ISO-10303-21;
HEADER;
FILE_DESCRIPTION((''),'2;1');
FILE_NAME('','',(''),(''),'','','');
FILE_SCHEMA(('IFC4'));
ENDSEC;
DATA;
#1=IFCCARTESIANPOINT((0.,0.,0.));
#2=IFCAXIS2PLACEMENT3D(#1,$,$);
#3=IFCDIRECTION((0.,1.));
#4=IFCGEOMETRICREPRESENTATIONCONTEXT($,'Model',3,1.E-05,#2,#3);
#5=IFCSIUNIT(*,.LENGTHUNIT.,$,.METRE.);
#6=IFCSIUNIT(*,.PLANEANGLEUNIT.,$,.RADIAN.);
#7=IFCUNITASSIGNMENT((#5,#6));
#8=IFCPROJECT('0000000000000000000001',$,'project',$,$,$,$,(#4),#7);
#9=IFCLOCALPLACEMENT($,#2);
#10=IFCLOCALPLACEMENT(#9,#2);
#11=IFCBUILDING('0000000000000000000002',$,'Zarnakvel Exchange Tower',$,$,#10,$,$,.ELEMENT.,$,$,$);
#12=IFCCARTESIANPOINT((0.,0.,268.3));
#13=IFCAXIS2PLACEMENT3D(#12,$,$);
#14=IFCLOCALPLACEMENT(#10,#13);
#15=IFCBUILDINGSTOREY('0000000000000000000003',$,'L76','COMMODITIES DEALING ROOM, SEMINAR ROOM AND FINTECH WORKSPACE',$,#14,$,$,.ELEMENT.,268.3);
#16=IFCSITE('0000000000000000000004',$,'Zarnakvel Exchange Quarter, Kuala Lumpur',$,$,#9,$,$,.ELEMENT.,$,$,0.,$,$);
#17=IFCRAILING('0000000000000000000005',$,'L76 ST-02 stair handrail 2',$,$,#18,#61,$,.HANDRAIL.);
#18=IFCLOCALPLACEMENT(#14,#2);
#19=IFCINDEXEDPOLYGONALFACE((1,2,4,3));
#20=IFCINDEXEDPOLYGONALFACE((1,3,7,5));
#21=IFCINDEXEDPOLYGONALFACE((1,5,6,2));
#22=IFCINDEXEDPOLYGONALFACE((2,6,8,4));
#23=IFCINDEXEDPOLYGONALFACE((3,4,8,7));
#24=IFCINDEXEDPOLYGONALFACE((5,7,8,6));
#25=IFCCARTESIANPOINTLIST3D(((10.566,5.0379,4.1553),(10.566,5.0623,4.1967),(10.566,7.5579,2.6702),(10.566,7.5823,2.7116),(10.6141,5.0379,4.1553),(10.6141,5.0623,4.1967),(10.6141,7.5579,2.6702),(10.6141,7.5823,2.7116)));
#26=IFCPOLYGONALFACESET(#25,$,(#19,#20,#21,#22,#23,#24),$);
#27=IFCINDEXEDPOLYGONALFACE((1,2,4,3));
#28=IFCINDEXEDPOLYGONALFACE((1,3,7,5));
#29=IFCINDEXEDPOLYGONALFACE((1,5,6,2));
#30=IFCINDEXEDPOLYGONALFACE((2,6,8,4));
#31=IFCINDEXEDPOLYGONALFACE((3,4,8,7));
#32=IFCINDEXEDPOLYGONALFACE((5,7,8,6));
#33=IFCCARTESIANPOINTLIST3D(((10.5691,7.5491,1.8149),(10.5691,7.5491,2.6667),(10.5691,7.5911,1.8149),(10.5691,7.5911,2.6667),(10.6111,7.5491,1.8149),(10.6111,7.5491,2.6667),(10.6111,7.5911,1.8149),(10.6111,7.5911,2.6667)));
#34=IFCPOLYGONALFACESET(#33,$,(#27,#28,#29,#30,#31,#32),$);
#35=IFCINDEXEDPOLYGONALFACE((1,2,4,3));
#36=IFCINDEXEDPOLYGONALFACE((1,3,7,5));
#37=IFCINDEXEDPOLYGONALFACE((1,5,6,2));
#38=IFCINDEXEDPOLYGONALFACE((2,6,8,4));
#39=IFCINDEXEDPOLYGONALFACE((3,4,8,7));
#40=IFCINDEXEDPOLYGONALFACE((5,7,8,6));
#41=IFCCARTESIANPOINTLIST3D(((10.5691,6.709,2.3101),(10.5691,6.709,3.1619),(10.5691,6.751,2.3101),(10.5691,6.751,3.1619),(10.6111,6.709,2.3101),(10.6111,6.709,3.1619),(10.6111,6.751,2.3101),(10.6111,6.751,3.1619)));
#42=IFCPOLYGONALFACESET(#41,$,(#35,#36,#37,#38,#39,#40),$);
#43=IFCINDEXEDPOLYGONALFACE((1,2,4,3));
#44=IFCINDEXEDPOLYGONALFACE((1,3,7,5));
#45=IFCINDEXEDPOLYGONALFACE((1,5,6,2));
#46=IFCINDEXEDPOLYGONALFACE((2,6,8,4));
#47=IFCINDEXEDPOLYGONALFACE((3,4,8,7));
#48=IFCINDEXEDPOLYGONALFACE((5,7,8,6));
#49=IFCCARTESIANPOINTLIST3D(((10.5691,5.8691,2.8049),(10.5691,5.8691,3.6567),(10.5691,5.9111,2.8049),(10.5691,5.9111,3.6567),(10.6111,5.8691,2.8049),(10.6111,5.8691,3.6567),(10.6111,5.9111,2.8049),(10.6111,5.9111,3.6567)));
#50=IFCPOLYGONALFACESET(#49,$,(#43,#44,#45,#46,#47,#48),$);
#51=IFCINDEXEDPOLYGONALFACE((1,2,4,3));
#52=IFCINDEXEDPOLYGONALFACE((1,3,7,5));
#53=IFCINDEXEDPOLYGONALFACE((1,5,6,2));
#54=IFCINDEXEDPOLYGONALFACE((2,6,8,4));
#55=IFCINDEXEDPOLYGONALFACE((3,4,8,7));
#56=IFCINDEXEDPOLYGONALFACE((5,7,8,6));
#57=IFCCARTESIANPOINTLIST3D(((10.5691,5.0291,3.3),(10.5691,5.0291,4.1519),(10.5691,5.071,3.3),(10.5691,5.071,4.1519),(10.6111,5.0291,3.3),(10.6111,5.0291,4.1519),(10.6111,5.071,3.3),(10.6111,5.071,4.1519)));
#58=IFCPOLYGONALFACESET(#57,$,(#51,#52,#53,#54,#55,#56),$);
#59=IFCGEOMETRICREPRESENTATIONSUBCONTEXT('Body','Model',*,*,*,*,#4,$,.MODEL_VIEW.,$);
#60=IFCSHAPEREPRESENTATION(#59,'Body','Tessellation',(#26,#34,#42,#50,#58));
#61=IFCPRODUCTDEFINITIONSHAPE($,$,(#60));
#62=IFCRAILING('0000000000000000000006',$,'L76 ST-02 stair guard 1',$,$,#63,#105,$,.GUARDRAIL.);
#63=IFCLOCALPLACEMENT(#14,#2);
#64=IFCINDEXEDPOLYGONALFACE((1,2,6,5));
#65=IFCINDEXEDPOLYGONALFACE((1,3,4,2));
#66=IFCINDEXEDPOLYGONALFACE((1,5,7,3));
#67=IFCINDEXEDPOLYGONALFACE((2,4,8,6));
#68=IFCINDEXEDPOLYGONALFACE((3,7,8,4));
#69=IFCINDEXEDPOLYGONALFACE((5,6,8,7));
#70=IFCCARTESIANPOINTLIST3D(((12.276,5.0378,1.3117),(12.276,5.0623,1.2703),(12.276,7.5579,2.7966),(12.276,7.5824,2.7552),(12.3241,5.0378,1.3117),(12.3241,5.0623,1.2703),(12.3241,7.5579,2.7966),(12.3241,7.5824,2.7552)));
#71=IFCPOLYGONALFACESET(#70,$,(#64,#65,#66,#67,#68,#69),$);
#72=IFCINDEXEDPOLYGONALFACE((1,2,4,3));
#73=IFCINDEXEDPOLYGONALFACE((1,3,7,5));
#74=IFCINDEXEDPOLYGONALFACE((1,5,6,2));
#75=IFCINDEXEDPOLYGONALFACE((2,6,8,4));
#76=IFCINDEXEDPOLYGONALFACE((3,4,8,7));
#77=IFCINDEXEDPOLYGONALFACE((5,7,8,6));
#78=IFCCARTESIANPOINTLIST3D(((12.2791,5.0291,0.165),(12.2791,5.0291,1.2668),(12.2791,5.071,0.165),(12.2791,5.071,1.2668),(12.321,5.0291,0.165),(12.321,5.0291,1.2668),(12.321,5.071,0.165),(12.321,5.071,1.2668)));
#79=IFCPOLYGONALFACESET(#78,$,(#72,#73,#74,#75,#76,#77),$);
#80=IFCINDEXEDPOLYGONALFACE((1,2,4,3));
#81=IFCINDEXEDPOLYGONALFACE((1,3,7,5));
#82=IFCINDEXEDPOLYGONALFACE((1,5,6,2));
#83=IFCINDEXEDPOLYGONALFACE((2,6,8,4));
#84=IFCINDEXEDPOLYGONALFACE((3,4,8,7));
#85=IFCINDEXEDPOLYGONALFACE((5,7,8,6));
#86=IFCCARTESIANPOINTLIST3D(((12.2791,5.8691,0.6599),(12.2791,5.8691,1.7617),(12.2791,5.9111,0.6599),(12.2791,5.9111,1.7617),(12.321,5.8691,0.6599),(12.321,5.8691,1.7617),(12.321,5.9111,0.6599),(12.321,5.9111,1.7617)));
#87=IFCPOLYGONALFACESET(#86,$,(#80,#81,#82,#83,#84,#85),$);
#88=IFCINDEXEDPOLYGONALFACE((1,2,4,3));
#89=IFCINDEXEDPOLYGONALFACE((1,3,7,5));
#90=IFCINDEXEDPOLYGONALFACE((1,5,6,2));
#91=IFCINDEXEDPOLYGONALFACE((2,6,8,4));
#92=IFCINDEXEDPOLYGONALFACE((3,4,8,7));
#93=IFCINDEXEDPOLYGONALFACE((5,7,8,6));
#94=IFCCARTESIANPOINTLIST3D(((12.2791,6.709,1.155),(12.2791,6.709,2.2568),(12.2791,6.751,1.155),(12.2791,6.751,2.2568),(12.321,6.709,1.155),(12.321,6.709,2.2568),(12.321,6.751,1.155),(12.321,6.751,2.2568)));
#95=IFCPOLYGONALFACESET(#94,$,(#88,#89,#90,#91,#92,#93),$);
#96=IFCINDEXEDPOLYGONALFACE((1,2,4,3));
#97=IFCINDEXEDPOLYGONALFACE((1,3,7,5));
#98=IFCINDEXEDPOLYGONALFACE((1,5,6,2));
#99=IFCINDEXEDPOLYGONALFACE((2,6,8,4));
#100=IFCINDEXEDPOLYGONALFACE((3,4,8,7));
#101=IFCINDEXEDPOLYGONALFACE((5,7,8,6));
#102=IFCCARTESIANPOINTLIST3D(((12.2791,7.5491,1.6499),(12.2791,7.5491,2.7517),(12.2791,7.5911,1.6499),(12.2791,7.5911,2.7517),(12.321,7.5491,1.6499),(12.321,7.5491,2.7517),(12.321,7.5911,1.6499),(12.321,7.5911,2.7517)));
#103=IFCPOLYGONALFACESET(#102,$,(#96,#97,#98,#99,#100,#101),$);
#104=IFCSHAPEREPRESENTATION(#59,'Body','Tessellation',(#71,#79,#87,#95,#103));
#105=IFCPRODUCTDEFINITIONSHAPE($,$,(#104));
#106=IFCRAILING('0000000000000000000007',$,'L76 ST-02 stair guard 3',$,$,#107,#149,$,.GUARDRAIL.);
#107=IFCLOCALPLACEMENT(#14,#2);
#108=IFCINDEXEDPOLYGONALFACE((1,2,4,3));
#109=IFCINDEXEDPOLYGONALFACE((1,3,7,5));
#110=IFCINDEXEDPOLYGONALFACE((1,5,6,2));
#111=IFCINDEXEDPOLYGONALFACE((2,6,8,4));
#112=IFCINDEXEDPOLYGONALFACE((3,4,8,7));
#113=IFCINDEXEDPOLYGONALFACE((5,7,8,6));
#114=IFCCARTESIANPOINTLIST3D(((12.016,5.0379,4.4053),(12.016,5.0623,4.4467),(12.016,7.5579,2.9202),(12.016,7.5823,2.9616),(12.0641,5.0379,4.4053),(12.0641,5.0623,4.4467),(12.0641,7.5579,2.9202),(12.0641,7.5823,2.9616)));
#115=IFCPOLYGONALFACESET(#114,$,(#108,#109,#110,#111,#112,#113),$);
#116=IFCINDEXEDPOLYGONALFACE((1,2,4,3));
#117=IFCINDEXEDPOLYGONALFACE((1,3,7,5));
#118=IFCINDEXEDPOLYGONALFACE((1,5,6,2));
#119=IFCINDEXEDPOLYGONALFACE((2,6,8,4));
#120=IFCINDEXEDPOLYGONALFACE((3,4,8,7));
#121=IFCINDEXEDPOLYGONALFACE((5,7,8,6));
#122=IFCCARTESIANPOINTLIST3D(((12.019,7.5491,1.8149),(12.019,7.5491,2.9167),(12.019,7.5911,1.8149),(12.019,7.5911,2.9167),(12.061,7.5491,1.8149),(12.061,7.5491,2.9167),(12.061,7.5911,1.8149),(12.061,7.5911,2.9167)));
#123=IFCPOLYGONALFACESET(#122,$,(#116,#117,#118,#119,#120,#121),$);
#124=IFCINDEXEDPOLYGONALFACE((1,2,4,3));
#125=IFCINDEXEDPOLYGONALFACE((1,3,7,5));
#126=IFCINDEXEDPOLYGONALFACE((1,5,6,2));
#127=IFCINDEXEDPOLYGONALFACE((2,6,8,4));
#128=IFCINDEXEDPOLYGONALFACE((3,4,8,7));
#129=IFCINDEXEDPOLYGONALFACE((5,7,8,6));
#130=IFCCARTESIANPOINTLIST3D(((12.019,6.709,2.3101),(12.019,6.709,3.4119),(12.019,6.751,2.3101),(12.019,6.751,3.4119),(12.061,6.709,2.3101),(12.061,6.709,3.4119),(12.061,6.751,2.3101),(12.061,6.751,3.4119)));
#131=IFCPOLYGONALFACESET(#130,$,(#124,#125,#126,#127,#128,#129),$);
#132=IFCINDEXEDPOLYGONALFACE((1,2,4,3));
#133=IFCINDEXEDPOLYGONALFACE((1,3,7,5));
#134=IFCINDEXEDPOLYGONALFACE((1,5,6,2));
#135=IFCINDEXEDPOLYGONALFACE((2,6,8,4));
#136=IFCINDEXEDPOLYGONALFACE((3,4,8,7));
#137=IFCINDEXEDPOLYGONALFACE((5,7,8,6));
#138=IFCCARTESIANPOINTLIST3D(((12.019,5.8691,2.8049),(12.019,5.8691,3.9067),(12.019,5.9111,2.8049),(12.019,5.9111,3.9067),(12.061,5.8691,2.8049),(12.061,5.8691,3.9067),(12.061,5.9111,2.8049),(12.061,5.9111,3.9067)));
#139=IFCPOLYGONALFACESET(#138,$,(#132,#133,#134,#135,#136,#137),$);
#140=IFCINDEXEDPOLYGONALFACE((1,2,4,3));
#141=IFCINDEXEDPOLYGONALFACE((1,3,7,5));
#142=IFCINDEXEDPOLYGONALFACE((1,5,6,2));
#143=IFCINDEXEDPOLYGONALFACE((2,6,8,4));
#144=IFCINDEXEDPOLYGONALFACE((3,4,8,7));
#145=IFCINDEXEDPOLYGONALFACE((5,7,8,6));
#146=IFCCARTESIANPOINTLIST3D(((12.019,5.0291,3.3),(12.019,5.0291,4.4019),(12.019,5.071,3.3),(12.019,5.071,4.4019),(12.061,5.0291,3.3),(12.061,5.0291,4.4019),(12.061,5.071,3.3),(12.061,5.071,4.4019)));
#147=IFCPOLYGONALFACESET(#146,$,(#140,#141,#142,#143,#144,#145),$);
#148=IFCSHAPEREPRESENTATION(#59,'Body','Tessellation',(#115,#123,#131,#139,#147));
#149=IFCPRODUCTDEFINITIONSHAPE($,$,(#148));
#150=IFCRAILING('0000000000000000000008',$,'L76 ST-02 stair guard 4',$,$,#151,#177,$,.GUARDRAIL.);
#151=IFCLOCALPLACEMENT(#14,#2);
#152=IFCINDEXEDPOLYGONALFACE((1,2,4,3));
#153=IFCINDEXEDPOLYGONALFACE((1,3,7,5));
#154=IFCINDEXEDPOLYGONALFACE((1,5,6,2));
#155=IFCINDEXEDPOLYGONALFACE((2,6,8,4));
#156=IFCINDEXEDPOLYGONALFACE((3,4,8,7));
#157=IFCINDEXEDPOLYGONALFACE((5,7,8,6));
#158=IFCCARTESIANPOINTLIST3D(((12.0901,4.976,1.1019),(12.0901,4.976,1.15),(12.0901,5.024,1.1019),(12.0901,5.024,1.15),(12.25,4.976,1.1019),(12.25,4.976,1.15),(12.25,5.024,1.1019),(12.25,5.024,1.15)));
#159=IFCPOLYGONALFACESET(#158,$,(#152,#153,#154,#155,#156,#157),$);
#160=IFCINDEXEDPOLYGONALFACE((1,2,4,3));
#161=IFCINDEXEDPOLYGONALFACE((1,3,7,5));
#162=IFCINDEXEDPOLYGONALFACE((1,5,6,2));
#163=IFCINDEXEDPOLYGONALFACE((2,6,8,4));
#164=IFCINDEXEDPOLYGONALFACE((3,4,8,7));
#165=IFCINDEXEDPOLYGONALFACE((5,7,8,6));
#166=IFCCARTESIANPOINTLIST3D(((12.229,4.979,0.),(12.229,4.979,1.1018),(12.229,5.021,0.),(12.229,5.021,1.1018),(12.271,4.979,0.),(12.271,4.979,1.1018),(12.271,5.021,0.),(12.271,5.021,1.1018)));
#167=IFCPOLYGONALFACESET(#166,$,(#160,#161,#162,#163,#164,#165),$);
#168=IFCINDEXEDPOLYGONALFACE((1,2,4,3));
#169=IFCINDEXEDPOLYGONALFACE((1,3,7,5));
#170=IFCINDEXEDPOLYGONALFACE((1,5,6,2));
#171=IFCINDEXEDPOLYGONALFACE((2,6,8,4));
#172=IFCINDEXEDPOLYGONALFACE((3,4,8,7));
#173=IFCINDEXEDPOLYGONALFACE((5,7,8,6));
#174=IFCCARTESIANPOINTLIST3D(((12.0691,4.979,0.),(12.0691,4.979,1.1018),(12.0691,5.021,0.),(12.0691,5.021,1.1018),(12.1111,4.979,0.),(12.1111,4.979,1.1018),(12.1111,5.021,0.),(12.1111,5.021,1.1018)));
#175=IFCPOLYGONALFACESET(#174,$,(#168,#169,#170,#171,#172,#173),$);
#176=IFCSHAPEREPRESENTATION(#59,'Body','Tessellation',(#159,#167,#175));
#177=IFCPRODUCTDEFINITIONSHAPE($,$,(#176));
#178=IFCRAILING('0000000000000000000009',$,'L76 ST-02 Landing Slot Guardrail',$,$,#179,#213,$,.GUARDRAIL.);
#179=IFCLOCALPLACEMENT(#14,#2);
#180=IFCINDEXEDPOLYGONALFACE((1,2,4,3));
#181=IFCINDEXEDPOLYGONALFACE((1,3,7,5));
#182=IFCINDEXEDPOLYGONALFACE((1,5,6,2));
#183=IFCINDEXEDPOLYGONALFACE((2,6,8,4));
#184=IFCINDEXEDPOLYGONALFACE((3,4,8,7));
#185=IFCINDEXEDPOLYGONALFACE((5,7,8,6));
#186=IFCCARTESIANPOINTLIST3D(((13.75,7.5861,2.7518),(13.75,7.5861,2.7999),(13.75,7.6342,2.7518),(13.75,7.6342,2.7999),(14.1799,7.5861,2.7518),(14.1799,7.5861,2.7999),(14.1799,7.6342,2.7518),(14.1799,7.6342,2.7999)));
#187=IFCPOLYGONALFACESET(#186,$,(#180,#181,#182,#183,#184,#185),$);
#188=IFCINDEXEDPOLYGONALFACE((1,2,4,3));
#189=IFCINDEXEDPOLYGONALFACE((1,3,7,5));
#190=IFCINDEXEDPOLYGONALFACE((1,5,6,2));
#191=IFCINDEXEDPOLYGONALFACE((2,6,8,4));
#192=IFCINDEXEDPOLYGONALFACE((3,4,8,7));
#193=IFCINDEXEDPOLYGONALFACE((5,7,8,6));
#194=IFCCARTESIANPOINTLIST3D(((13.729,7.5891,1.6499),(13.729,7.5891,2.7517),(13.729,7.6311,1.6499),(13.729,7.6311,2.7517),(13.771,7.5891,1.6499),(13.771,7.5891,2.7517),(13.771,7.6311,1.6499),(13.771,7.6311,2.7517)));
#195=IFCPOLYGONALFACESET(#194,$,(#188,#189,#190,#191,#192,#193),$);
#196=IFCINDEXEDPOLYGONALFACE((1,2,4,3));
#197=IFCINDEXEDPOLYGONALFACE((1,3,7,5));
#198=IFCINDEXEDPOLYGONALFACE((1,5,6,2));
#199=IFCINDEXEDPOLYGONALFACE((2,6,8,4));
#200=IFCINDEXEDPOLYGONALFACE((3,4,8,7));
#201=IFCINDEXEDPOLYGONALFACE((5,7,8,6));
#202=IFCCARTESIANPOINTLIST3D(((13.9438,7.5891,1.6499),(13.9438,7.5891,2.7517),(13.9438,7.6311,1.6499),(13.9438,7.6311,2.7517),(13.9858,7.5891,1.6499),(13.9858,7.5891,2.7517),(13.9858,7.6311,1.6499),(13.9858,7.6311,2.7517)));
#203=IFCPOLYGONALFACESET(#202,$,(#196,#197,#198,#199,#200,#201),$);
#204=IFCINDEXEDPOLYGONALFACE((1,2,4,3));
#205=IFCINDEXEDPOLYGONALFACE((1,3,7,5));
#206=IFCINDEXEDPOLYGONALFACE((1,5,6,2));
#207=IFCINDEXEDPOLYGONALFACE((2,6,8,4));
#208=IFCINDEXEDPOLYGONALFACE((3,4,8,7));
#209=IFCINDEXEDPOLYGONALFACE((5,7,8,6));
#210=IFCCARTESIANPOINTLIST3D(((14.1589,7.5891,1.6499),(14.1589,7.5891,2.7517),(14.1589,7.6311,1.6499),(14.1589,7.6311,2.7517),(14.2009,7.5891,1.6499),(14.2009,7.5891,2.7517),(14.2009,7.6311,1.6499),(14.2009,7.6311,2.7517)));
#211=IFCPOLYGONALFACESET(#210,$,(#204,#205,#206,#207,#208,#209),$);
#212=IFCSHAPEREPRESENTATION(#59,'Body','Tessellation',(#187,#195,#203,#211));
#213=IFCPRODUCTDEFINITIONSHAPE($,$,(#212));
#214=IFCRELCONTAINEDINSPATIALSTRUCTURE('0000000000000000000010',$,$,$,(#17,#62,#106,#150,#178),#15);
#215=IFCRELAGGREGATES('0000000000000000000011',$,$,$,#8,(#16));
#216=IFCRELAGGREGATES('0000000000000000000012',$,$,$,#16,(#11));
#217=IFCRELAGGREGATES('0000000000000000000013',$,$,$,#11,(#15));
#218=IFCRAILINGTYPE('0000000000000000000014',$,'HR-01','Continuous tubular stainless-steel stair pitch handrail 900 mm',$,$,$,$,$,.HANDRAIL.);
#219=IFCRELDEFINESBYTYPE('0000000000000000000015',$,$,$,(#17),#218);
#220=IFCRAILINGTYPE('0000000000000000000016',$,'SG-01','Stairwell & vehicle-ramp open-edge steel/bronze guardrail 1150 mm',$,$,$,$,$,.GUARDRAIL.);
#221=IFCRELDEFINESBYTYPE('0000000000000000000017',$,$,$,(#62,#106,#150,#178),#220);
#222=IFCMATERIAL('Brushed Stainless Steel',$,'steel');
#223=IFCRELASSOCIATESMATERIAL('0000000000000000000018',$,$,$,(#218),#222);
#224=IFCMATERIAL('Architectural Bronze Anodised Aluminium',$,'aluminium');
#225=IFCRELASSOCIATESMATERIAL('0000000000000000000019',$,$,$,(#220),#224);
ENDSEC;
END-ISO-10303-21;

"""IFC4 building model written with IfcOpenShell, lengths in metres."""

from ifc_helpers import new_model, si_unit, direction, frame, origin, origin_2d, place, context, subcontext, project, spatial, rectangle, extrude, material, type_object, element, save


model = new_model("IFC4")

# Units and contexts
model_context = context("Model", 3, precision=1e-05, world=origin(), true_north=direction((0.0, 1.0)))
body_context = subcontext(model_context, "Body", "Model", "MODEL_VIEW")
ifc_project = project(units=[si_unit("LENGTHUNIT", "METRE"), si_unit("PLANEANGLEUNIT", "RADIAN")], contexts=[model_context])

# Site, building, storey
site_placement = place(None, origin())
site = spatial("IfcSite", under=ifc_project, at=site_placement, Name="Zarnakvel Exchange Quarter, Kuala Lumpur", CompositionType="ELEMENT", RefElevation=0.0)
building_placement = place(site_placement, origin())
building = spatial("IfcBuilding", under=site, at=building_placement, Name="Zarnakvel Exchange Tower", CompositionType="ELEMENT")
storey_placement = place(building_placement, frame((0.0, 0.0, 268.3)))
storey = spatial("IfcBuildingStorey", under=building, at=storey_placement, Name="L76", Description="COMMODITIES DEALING ROOM, SEMINAR ROOM AND FINTECH WORKSPACE", CompositionType="ELEMENT", Elevation=268.3)

# Shared definitions
ifc_material_1 = material(Name="Architectural Bronze Anodised Aluminium", Category="aluminium")

# Railings
ifc_material_2 = material(Name="Brushed Stainless Steel", Category="steel")
railing_type_1 = type_object("IfcRailingType", Name="HR-01", Description="Continuous tubular stainless-steel stair pitch handrail 900 mm", PredefinedType="HANDRAIL", material=ifc_material_2)
railing_1_placement = place(storey_placement, frame((10.5901, 7.5701, 1.8149)))
element("IfcRailing", 1, at=railing_1_placement, inside=storey, type_object=railing_type_1, Name="L76 ST-02 stair handrail 2", PredefinedType="HANDRAIL", context=body_context, shape_type="SweptSolid", body=[
    extrude(rectangle(XDim=0.0481, YDim=0.0481, at=origin_2d()), frame((0.0, 0.0, 0.876), z_axis=(0.0, -0.861524, 0.507717), x_axis=(1.0, 0.0, 0.0)), (0.0, 0.0, 1.0), 2.925),
    extrude(rectangle(XDim=0.042, YDim=0.042, at=origin_2d()), origin(), (0.0, 0.0, 1.0), 0.8518),
    extrude(rectangle(XDim=0.042, YDim=0.042, at=origin_2d()), frame((0.0, -0.8401, 0.4951)), (0.0, 0.0, 1.0), 0.8518),
    extrude(rectangle(XDim=0.042, YDim=0.042, at=origin_2d()), frame((0.0, -1.6799, 0.99)), (0.0, 0.0, 1.0), 0.8518),
    extrude(rectangle(XDim=0.042, YDim=0.042, at=origin_2d()), frame((0.0, -2.52, 1.4851)), (0.0, 0.0, 1.0), 0.8518),
])
railing_type_2 = type_object("IfcRailingType", Name="SG-01", Description="Stairwell & vehicle-ramp open-edge steel/bronze guardrail 1150 mm", PredefinedType="GUARDRAIL", material=ifc_material_1)
railing_2_placement = place(storey_placement, frame((12.3, 5.05, 0.165)))
element("IfcRailing", 2, at=railing_2_placement, inside=storey, type_object=railing_type_2, Name="L76 ST-02 stair guard 1", PredefinedType="GUARDRAIL", context=body_context, shape_type="SweptSolid", body=[
    extrude(rectangle(XDim=0.0481, YDim=0.0481, at=origin_2d()), frame((0.0, 0.0, 1.126), z_axis=(0.0, 0.861561, 0.507655), x_axis=(-1.0, 0.0, 0.0)), (0.0, 0.0, 1.0), 2.925),
    extrude(rectangle(XDim=0.042, YDim=0.042, at=origin_2d()), origin(), (0.0, 0.0, 1.0), 1.1018),
    extrude(rectangle(XDim=0.042, YDim=0.042, at=origin_2d()), frame((0.0, 0.8401, 0.4949)), (0.0, 0.0, 1.0), 1.1018),
    extrude(rectangle(XDim=0.042, YDim=0.042, at=origin_2d()), frame((0.0, 1.6799, 0.99)), (0.0, 0.0, 1.0), 1.1018),
    extrude(rectangle(XDim=0.042, YDim=0.042, at=origin_2d()), frame((0.0, 2.52, 1.4849)), (0.0, 0.0, 1.0), 1.1018),
])
railing_3_placement = place(storey_placement, frame((12.04, 7.5701, 1.8149)))
element("IfcRailing", 3, at=railing_3_placement, inside=storey, type_object=railing_type_2, Name="L76 ST-02 stair guard 3", PredefinedType="GUARDRAIL", context=body_context, shape_type="SweptSolid", body=[
    extrude(rectangle(XDim=0.0481, YDim=0.0481, at=origin_2d()), frame((0.0, 0.0, 1.126), z_axis=(0.0, -0.861524, 0.507717), x_axis=(1.0, 0.0, 0.0)), (0.0, 0.0, 1.0), 2.925),
    extrude(rectangle(XDim=0.042, YDim=0.042, at=origin_2d()), origin(), (0.0, 0.0, 1.0), 1.1018),
    extrude(rectangle(XDim=0.042, YDim=0.042, at=origin_2d()), frame((0.0, -0.8401, 0.4951)), (0.0, 0.0, 1.0), 1.1018),
    extrude(rectangle(XDim=0.042, YDim=0.042, at=origin_2d()), frame((0.0, -1.6799, 0.99)), (0.0, 0.0, 1.0), 1.1018),
    extrude(rectangle(XDim=0.042, YDim=0.042, at=origin_2d()), frame((0.0, -2.52, 1.4851)), (0.0, 0.0, 1.0), 1.1018),
])
railing_4_placement = place(storey_placement, frame((12.25, 5.0, 0.0)))
element("IfcRailing", 4, at=railing_4_placement, inside=storey, type_object=railing_type_2, Name="L76 ST-02 stair guard 4", PredefinedType="GUARDRAIL", context=body_context, shape_type="SweptSolid", body=[
    extrude(rectangle(XDim=0.0481, YDim=0.0481, at=origin_2d()), frame((0.0, 0.0, 1.126), z_axis=(-1.0, 0.0, 0.0), x_axis=(0.0, -1.0, 0.0)), (0.0, 0.0, 1.0), 0.1599),
    extrude(rectangle(XDim=0.042, YDim=0.042, at=origin_2d()), origin(), (0.0, 0.0, 1.0), 1.1018),
    extrude(rectangle(XDim=0.042, YDim=0.042, at=origin_2d()), frame((-0.1599, 0.0, 0.0)), (0.0, 0.0, 1.0), 1.1018),
])
railing_5_placement = place(storey_placement, frame((13.75, 7.6101, 1.6499)))
element("IfcRailing", 5, at=railing_5_placement, inside=storey, type_object=railing_type_2, Name="L76 ST-02 Landing Slot Guardrail", PredefinedType="GUARDRAIL", context=body_context, shape_type="SweptSolid", body=[
    extrude(rectangle(XDim=0.0481, YDim=0.0481, at=origin_2d()), frame((0.0, 0.0, 1.126), z_axis=(1.0, 0.0, 0.0), x_axis=(0.0, 1.0, 0.0)), (0.0, 0.0, 1.0), 0.4299),
    extrude(rectangle(XDim=0.042, YDim=0.042, at=origin_2d()), origin(), (0.0, 0.0, 1.0), 1.1018),
    extrude(rectangle(XDim=0.042, YDim=0.042, at=origin_2d()), frame((0.2148, 0.0, 0.0)), (0.0, 0.0, 1.0), 1.1018),
    extrude(rectangle(XDim=0.042, YDim=0.042, at=origin_2d()), frame((0.4299, 0.0, 0.0)), (0.0, 0.0, 1.0), 1.1018),
])

save(model, "model.ifc")
